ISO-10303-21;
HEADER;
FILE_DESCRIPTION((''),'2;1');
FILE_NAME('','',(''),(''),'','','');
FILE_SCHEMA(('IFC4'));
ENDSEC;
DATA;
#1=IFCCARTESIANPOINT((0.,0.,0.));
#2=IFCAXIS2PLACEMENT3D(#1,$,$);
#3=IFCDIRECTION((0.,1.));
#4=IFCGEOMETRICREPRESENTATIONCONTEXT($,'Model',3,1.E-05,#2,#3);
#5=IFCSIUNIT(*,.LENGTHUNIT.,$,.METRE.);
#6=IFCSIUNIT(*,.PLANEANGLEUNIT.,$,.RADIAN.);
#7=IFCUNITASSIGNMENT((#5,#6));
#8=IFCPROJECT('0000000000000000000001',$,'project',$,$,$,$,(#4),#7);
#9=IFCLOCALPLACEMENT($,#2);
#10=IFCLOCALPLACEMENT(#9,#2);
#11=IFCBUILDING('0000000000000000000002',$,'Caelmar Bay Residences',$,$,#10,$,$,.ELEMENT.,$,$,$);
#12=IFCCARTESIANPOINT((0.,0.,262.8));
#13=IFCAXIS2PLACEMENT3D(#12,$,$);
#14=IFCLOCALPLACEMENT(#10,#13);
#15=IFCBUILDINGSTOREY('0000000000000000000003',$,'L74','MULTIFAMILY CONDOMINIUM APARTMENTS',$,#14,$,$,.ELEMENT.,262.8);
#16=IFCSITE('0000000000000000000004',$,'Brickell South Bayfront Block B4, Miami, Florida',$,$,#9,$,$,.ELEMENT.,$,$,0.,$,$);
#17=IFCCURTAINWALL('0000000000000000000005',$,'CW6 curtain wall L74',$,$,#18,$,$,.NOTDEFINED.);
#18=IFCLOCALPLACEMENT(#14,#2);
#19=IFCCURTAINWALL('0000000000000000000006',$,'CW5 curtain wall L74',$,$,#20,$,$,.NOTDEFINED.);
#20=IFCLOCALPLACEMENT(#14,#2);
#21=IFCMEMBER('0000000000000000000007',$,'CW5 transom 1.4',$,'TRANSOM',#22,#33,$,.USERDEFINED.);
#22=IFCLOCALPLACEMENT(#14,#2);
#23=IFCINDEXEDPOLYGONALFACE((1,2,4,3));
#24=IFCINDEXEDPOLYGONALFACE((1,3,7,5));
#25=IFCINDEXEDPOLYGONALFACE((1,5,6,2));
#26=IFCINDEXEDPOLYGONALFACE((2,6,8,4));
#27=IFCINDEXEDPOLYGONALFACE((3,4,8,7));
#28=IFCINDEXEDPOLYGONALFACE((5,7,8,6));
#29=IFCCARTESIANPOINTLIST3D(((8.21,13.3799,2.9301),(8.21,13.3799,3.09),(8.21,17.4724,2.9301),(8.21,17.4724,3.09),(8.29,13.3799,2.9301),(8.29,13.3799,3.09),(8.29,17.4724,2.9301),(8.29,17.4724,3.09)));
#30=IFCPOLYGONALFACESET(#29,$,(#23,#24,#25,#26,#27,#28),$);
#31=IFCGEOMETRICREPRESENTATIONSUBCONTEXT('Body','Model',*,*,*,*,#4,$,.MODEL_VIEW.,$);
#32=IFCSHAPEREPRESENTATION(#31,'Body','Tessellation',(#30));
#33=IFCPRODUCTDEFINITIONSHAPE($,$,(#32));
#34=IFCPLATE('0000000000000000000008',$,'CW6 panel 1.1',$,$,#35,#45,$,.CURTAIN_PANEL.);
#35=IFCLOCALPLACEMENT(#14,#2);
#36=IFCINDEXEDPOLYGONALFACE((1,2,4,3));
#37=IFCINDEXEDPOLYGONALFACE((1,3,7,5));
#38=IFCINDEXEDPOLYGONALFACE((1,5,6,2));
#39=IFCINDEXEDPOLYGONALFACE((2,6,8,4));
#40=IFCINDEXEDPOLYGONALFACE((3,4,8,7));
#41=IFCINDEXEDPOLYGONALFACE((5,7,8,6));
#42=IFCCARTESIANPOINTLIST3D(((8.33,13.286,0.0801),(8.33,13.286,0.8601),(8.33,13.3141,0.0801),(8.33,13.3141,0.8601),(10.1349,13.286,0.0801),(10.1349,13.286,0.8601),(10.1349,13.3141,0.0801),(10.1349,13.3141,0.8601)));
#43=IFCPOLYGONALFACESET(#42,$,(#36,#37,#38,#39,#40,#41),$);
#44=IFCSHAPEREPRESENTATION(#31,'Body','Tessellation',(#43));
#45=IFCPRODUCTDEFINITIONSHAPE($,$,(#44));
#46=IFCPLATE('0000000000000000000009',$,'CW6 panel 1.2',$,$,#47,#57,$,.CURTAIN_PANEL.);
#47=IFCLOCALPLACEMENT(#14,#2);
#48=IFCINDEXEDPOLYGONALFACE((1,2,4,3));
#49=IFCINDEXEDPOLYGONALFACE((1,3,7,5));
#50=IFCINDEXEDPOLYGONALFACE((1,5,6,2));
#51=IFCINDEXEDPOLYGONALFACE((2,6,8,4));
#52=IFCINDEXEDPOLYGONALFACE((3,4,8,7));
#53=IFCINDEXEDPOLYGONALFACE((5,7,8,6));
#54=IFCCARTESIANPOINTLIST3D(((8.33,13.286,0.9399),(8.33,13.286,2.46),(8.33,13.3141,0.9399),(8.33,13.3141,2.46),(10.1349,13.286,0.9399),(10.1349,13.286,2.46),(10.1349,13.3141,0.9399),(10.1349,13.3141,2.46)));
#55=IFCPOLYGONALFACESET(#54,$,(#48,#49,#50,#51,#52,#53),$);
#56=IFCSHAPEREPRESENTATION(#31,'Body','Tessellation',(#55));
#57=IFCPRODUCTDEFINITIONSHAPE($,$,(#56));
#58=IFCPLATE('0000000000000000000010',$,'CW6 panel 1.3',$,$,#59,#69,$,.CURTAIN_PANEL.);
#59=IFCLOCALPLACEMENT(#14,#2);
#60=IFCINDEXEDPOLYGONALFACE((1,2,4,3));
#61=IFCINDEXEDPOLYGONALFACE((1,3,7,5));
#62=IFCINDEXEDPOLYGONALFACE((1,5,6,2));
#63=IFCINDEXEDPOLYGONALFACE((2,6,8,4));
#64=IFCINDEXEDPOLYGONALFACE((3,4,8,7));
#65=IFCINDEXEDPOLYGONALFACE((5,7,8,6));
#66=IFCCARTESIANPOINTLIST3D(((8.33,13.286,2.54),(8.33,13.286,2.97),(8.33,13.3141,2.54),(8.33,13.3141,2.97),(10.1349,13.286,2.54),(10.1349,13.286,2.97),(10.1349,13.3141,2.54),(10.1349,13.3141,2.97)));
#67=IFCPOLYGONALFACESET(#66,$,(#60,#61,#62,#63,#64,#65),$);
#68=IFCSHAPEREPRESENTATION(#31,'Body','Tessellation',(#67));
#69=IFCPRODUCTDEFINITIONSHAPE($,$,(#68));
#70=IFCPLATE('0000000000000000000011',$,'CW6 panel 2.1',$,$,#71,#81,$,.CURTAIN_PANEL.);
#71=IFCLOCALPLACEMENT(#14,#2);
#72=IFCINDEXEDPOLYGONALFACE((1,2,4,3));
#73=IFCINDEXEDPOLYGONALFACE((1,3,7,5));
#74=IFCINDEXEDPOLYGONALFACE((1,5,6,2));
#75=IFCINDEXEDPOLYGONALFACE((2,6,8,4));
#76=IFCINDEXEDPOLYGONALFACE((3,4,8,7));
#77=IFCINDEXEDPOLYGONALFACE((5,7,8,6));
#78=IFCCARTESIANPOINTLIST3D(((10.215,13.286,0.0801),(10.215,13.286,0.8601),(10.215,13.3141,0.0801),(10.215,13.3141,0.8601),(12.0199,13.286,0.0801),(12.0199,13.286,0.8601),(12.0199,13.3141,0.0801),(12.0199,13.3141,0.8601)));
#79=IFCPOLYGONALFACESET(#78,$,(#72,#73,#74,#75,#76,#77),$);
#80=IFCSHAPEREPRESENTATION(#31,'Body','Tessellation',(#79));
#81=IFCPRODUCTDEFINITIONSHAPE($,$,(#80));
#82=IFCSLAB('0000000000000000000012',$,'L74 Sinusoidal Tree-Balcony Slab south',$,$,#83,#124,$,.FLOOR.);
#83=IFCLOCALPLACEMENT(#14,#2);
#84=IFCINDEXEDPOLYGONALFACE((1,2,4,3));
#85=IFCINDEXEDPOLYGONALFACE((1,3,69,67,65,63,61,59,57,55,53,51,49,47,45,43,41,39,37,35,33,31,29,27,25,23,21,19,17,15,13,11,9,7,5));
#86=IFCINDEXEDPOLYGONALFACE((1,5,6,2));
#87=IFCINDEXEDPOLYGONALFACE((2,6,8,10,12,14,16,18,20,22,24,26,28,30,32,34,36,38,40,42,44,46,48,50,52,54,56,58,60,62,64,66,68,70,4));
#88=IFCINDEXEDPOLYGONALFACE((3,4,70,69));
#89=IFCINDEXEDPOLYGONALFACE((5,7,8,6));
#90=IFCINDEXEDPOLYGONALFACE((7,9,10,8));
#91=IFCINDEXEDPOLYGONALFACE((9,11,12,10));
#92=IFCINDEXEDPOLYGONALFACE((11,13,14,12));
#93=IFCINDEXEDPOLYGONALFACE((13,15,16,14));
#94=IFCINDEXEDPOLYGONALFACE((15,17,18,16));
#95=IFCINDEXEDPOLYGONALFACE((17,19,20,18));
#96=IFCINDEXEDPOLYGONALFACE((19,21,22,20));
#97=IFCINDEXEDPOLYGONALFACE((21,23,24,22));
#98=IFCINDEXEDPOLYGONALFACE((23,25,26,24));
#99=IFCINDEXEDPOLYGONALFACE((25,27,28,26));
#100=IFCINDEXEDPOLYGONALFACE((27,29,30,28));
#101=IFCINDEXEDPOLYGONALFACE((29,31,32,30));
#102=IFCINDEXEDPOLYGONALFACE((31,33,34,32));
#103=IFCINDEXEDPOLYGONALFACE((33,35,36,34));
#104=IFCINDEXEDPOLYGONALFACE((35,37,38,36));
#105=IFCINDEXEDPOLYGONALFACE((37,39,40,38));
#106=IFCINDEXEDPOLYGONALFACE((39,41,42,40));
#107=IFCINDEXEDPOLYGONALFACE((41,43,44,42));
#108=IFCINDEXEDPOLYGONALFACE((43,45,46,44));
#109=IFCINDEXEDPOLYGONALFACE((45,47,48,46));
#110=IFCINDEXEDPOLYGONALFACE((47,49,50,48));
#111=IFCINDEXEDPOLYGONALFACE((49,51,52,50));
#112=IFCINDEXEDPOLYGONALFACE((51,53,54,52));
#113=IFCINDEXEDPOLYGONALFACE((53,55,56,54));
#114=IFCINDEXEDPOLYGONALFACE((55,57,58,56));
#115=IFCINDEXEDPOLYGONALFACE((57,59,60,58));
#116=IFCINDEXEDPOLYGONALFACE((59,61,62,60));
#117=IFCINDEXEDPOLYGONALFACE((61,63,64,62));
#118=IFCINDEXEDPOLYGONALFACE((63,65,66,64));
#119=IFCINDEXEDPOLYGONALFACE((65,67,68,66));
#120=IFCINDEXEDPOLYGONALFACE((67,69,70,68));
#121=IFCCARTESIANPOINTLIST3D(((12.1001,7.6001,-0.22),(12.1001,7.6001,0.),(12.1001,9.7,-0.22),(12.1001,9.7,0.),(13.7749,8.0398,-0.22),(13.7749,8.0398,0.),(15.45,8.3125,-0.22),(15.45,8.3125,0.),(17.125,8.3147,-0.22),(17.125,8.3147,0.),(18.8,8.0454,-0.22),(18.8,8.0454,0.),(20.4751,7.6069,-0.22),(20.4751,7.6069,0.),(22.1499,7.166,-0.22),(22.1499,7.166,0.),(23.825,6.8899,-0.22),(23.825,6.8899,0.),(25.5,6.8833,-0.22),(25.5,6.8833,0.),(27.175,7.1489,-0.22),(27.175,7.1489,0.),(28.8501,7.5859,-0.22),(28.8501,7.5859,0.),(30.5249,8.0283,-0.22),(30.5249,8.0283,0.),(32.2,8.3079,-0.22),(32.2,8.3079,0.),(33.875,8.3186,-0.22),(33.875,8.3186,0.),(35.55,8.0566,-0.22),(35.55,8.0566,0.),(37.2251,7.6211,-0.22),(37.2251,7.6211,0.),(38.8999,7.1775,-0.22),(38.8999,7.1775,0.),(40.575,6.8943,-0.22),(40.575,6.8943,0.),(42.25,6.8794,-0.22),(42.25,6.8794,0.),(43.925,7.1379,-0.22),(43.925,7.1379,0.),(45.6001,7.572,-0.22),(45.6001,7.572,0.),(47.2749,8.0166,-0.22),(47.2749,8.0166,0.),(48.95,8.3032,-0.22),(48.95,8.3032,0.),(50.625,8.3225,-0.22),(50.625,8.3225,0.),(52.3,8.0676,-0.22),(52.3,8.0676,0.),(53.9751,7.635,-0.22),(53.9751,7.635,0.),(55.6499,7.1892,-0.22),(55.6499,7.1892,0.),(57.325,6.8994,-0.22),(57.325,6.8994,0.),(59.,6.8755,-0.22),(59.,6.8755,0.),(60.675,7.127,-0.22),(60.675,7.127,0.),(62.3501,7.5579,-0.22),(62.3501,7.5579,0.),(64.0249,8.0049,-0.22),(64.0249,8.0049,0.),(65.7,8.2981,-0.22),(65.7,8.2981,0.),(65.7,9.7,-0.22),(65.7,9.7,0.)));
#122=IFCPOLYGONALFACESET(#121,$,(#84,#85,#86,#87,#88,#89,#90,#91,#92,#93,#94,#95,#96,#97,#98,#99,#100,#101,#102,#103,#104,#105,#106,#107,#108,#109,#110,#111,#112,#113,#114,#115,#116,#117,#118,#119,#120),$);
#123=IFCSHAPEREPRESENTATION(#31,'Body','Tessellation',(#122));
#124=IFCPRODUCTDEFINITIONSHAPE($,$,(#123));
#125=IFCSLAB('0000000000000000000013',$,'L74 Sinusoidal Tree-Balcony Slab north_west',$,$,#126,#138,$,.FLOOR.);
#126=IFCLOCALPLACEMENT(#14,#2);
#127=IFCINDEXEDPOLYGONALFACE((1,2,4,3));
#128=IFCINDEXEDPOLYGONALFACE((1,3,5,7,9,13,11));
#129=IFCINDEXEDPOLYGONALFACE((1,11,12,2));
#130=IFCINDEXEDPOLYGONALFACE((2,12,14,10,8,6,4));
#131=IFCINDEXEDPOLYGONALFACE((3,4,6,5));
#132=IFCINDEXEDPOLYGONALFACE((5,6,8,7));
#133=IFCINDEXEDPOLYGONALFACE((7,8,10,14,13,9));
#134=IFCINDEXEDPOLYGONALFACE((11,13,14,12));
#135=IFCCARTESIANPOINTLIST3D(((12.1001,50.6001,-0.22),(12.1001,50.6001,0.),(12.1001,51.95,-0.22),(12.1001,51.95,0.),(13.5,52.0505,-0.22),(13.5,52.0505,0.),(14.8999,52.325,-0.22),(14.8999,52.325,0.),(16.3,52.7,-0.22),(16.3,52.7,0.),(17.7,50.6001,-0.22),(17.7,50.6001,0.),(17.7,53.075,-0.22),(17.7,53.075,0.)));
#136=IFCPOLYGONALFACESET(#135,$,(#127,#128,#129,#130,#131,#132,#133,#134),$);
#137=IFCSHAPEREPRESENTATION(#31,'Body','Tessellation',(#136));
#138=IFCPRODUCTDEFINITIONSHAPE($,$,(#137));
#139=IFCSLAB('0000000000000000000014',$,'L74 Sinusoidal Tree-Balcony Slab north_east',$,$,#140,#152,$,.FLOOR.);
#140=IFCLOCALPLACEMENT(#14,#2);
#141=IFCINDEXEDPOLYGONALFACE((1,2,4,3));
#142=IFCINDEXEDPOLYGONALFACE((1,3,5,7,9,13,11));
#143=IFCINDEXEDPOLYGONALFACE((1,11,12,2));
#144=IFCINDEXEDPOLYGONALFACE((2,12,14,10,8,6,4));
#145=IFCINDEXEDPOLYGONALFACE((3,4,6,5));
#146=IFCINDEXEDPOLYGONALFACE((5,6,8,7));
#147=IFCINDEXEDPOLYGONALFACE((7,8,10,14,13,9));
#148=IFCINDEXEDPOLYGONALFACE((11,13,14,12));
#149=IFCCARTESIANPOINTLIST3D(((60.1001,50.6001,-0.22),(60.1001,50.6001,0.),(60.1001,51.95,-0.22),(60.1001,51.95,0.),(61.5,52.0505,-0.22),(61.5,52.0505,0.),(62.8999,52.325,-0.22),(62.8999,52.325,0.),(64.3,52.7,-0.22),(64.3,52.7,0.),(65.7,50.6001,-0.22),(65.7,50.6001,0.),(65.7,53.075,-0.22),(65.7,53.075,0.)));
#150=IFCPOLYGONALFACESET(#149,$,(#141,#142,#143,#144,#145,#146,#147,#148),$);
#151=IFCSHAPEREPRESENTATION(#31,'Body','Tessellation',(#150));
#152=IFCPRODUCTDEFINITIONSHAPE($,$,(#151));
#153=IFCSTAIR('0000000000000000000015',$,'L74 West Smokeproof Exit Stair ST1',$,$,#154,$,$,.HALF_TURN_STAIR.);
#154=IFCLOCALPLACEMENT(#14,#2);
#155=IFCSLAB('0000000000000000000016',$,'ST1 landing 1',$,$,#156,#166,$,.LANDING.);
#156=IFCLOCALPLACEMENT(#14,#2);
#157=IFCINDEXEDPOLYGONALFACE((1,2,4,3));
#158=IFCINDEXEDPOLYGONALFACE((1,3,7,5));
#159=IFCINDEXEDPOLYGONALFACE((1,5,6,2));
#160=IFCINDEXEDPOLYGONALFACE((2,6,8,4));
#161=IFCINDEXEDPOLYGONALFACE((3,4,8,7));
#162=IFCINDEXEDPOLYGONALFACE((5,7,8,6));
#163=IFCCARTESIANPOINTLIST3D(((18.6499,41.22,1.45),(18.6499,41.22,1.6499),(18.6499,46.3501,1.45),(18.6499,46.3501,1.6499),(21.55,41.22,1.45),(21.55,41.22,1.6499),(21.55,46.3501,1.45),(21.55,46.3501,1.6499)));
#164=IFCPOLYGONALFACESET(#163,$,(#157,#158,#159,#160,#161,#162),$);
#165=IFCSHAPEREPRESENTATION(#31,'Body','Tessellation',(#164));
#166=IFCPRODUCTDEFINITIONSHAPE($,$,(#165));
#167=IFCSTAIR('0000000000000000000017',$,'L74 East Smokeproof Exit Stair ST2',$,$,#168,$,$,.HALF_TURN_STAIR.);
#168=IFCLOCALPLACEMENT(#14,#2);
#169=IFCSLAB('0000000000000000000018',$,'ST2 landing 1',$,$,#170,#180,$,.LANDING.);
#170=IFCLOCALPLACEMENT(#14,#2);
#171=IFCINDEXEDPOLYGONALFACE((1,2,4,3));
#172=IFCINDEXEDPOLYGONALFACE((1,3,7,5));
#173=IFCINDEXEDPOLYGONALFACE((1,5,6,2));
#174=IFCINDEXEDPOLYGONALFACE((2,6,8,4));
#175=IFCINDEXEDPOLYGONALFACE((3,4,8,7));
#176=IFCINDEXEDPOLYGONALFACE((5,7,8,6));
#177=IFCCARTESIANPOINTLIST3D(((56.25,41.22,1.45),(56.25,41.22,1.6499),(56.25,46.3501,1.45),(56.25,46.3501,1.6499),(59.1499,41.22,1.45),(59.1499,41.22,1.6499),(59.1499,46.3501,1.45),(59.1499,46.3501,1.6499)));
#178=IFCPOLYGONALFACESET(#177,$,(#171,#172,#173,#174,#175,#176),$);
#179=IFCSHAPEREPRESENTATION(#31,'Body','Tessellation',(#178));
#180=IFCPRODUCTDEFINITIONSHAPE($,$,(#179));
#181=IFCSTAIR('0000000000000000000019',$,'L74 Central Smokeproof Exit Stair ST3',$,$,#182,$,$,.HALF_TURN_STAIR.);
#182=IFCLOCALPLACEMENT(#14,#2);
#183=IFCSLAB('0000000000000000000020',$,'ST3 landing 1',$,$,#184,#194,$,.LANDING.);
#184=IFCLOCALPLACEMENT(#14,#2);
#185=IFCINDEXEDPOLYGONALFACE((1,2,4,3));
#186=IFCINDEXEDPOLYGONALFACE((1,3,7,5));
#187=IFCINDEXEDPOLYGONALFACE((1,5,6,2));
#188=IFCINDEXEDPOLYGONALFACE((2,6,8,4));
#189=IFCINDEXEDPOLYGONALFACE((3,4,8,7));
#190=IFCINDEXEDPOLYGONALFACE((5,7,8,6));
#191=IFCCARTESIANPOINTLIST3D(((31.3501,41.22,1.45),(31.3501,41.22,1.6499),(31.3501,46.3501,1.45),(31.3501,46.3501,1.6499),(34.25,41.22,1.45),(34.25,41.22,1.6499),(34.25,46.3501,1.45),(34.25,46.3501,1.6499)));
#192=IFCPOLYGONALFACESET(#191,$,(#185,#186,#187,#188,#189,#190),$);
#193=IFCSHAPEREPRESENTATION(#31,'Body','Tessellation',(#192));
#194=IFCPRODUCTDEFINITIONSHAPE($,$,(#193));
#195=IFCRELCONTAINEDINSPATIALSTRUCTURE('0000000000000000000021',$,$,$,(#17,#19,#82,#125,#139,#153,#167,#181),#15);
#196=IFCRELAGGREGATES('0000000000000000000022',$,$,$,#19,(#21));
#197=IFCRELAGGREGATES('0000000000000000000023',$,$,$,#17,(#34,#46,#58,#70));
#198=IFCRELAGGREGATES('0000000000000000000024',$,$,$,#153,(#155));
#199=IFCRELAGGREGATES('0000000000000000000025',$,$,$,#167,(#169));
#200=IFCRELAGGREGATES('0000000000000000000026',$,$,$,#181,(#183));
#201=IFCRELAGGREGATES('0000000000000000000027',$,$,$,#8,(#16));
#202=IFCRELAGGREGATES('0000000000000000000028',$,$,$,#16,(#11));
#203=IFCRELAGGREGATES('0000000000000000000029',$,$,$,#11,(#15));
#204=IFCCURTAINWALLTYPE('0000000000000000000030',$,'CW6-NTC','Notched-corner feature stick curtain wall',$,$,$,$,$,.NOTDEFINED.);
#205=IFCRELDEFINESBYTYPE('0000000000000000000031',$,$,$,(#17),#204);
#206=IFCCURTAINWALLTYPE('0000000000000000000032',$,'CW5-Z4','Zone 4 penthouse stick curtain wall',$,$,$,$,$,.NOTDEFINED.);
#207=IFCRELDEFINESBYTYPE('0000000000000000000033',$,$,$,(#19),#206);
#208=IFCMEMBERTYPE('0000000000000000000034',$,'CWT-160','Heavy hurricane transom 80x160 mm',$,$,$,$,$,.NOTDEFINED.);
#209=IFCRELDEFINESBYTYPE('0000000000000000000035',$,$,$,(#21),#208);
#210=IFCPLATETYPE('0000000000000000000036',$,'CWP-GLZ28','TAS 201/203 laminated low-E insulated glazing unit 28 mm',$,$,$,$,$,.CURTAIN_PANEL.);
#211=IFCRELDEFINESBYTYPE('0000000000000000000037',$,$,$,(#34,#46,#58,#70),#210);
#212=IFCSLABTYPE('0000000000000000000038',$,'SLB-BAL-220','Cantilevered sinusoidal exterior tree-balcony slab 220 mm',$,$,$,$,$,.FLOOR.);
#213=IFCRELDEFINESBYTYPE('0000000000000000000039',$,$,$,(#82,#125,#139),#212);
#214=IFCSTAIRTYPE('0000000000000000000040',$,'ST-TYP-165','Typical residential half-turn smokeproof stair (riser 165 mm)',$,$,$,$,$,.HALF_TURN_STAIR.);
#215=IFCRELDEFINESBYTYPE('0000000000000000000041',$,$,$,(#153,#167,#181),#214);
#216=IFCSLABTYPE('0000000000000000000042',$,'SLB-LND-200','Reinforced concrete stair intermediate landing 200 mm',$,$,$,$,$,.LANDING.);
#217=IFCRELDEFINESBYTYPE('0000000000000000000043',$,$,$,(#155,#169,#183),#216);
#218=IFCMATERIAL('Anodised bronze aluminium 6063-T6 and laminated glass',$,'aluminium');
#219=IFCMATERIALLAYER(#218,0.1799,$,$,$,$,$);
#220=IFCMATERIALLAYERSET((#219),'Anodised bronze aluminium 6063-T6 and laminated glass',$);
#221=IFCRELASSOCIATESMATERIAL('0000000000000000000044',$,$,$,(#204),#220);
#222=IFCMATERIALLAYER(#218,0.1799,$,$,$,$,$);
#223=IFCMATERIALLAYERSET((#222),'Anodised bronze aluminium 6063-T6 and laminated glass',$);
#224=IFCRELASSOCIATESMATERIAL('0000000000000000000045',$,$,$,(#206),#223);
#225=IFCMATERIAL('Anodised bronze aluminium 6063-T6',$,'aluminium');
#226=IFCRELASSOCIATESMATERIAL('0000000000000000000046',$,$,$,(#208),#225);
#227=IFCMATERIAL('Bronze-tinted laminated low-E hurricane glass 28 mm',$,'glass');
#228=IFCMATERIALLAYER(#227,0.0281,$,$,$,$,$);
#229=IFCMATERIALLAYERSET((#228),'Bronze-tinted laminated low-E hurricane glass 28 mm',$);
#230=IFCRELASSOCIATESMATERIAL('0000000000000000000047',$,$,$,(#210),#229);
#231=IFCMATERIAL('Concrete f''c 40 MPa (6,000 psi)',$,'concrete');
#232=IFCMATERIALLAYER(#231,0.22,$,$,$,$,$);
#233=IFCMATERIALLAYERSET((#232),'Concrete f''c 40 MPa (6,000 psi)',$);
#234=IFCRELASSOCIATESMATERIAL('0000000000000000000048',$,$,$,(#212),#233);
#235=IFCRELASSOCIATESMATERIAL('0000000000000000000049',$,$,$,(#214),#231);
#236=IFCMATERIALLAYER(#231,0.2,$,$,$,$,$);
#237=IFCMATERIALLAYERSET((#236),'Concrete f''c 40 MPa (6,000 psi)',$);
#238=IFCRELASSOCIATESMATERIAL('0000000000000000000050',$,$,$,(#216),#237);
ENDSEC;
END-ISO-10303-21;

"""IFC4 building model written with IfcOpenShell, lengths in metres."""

from ifc_helpers import new_model, si_unit, direction, frame, origin, origin_2d, place, context, subcontext, project, spatial, polyline, rectangle, outline, extrude, material, layer, layer_set, material_profile, profile_set, type_object, element, aggregate, save


model = new_model("IFC4")

# Units and contexts
model_context = context("Model", 3, precision=1e-05, world=origin(), true_north=direction((0.0, 1.0)))
body_context = subcontext(model_context, "Body", "Model", "MODEL_VIEW")
ifc_project = project(units=[si_unit("LENGTHUNIT", "METRE"), si_unit("PLANEANGLEUNIT", "RADIAN")], contexts=[model_context])

# Site, building, storey
site_placement = place(None, origin())
site = spatial("IfcSite", under=ifc_project, at=site_placement, Name="Brickell South Bayfront Block B4, Miami, Florida", CompositionType="ELEMENT", RefElevation=0.0)
building_placement = place(site_placement, origin())
building = spatial("IfcBuilding", under=site, at=building_placement, Name="Caelmar Bay Residences", CompositionType="ELEMENT")
storey_placement = place(building_placement, frame((0.0, 0.0, 262.8)))
storey = spatial("IfcBuildingStorey", under=building, at=storey_placement, Name="L74", Description="MULTIFAMILY CONDOMINIUM APARTMENTS", CompositionType="ELEMENT", Elevation=262.8)

# Curtain wall
ifc_material_1 = material(Name="Anodised bronze aluminium 6063-T6 and laminated glass", Category="aluminium")
ifc_layer_1 = layer(ifc_material_1, 0.1799)
ifc_layer_set_1 = layer_set([ifc_layer_1], Name="Anodised bronze aluminium 6063-T6 and laminated glass")
curtain_wall_type_1 = type_object("IfcCurtainWallType", Name="CW6-NTC", Description="Notched-corner feature stick curtain wall", PredefinedType="NOTDEFINED", material=ifc_layer_set_1)
curtain_wall_1_placement = place(storey_placement, origin())
curtain_wall_1 = element("IfcCurtainWall", 1, at=curtain_wall_1_placement, inside=storey, type_object=curtain_wall_type_1, Name="CW6 curtain wall L74", PredefinedType="NOTDEFINED")
ifc_material_2 = material(Name="Anodised bronze aluminium 6063-T6", Category="aluminium")

# Curtain wall
ifc_layer_2 = layer(ifc_material_1, 0.1799)
ifc_layer_set_2 = layer_set([ifc_layer_2], Name="Anodised bronze aluminium 6063-T6 and laminated glass")
curtain_wall_type_2 = type_object("IfcCurtainWallType", Name="CW5-Z4", Description="Zone 4 penthouse stick curtain wall", PredefinedType="NOTDEFINED", material=ifc_layer_set_2)
curtain_wall_2_placement = place(storey_placement, origin())
curtain_wall_2 = element("IfcCurtainWall", 2, at=curtain_wall_2_placement, inside=storey, type_object=curtain_wall_type_2, Name="CW5 curtain wall L74", PredefinedType="NOTDEFINED")

# Member
ifc_material_profile_1 = material_profile(ifc_material_2, rectangle(XDim=0.0801, YDim=0.1599, at=origin_2d()), Name="CWT-80X160")
ifc_profile_set_1 = profile_set([ifc_material_profile_1], Name="Anodised bronze aluminium 6063-T6")
member_type_1 = type_object("IfcMemberType", Name="CWT-160", Description="Heavy hurricane transom 80x160 mm", PredefinedType="NOTDEFINED", material=ifc_profile_set_1)
member_1_placement = place(storey_placement, frame((8.25, 13.3799, 3.01), z_axis=(0.0, 1.0, 0.0), x_axis=(-1.0, 0.0, 0.0)))
member_1 = element("IfcMember", 3, at=member_1_placement, type_object=member_type_1, Name="CW5 transom 1.4", ObjectType="TRANSOM", PredefinedType="USERDEFINED", context=body_context, shape_type="SweptSolid", body=[
    extrude(rectangle(XDim=0.0801, YDim=0.1599, at=origin_2d()), origin(), (0.0, 0.0, 1.0), 4.0925),
])
aggregate(curtain_wall_2, [member_1])

# Plates
ifc_material_3 = material(Name="Bronze-tinted laminated low-E hurricane glass 28 mm", Category="glass")
ifc_layer_3 = layer(ifc_material_3, 0.0281)
ifc_layer_set_3 = layer_set([ifc_layer_3], Name="Bronze-tinted laminated low-E hurricane glass 28 mm")
plate_type = type_object("IfcPlateType", Name="CWP-GLZ28", Description="TAS 201/203 laminated low-E insulated glazing unit 28 mm", PredefinedType="CURTAIN_PANEL", material=ifc_layer_set_3)
plate_1_placement = place(storey_placement, frame((9.2324, 13.3, 0.0801), z_axis=(0.0, 0.0, 1.0), x_axis=(1.0, 0.0, 0.0)))
plate_1 = element("IfcPlate", 4, at=plate_1_placement, type_object=plate_type, Name="CW6 panel 1.1", PredefinedType="CURTAIN_PANEL", context=body_context, shape_type="SweptSolid", body=[
    extrude(rectangle(XDim=1.8049, YDim=0.0281, at=origin_2d()), origin(), (0.0, 0.0, 1.0), 0.78),
])
plate_2_placement = place(storey_placement, frame((9.2324, 13.3, 0.9399), z_axis=(0.0, 0.0, 1.0), x_axis=(1.0, 0.0, 0.0)))
plate_2 = element("IfcPlate", 5, at=plate_2_placement, type_object=plate_type, Name="CW6 panel 1.2", PredefinedType="CURTAIN_PANEL", context=body_context, shape_type="SweptSolid", body=[
    extrude(rectangle(XDim=1.8049, YDim=0.0281, at=origin_2d()), origin(), (0.0, 0.0, 1.0), 1.52),
])
plate_3_placement = place(storey_placement, frame((9.2324, 13.3, 2.54), z_axis=(0.0, 0.0, 1.0), x_axis=(1.0, 0.0, 0.0)))
plate_3 = element("IfcPlate", 6, at=plate_3_placement, type_object=plate_type, Name="CW6 panel 1.3", PredefinedType="CURTAIN_PANEL", context=body_context, shape_type="SweptSolid", body=[
    extrude(rectangle(XDim=1.8049, YDim=0.0281, at=origin_2d()), origin(), (0.0, 0.0, 1.0), 0.4299),
])
plate_4_placement = place(storey_placement, frame((11.1174, 13.3, 0.0801), z_axis=(0.0, 0.0, 1.0), x_axis=(1.0, 0.0, 0.0)))
plate_4 = element("IfcPlate", 7, at=plate_4_placement, type_object=plate_type, Name="CW6 panel 2.1", PredefinedType="CURTAIN_PANEL", context=body_context, shape_type="SweptSolid", body=[
    extrude(rectangle(XDim=1.8049, YDim=0.0281, at=origin_2d()), origin(), (0.0, 0.0, 1.0), 0.78),
])
aggregate(curtain_wall_1, [plate_1, plate_2, plate_3, plate_4])

# Slabs
ifc_material_4 = material(Name="Concrete f'c 40 MPa (6,000 psi)", Category="concrete")
ifc_layer_4 = layer(ifc_material_4, 0.22)
ifc_layer_set_4 = layer_set([ifc_layer_4], Name="Concrete f'c 40 MPa (6,000 psi)")
slab_type_1 = type_object("IfcSlabType", Name="SLB-BAL-220", Description="Cantilevered sinusoidal exterior tree-balcony slab 220 mm", PredefinedType="FLOOR", material=ifc_layer_set_4)
slab_1_placement = place(storey_placement, frame((0.0, 0.0, -0.22)))
element("IfcSlab", 8, at=slab_1_placement, inside=storey, type_object=slab_type_1, Name="L74 Sinusoidal Tree-Balcony Slab south", PredefinedType="FLOOR", context=body_context, shape_type="SweptSolid", body=[
    extrude(outline(polyline([(12.1001, 7.6001), (13.7749, 8.0398), (15.45, 8.3125), (17.125, 8.3147), (18.8, 8.0454), (20.4751, 7.6069), (22.1499, 7.166), (23.825, 6.8899), (25.5, 6.8833), (27.175, 7.1489), (28.8501, 7.5859), (30.5249, 8.0283), (32.2, 8.3079), (33.875, 8.3186), (35.55, 8.0566), (37.2251, 7.6211), (38.8999, 7.1775), (40.575, 6.8943), (42.25, 6.8794), (43.925, 7.1379), (45.6001, 7.572), (47.2749, 8.0166), (48.95, 8.3032), (50.625, 8.3225), (52.3, 8.0676), (53.9751, 7.635), (55.6499, 7.1892), (57.325, 6.8994), (59.0, 6.8755), (60.675, 7.127), (62.3501, 7.5579), (64.0249, 8.0049), (65.7, 8.2981), (65.7, 9.7), (12.1001, 9.7), (12.1001, 7.6001)])), origin(), (0.0, 0.0, 1.0), 0.22),
])
slab_2_placement = place(storey_placement, frame((0.0, 0.0, -0.22)))
element("IfcSlab", 9, at=slab_2_placement, inside=storey, type_object=slab_type_1, Name="L74 Sinusoidal Tree-Balcony Slab north_west", PredefinedType="FLOOR", context=body_context, shape_type="SweptSolid", body=[
    extrude(outline(polyline([(12.1001, 50.6001), (17.7, 50.6001), (17.7, 53.075), (16.3, 52.7), (14.8999, 52.325), (13.5, 52.0505), (12.1001, 51.95), (12.1001, 50.6001)])), origin(), (0.0, 0.0, 1.0), 0.22),
])
slab_3_placement = place(storey_placement, frame((0.0, 0.0, -0.22)))
element("IfcSlab", 10, at=slab_3_placement, inside=storey, type_object=slab_type_1, Name="L74 Sinusoidal Tree-Balcony Slab north_east", PredefinedType="FLOOR", context=body_context, shape_type="SweptSolid", body=[
    extrude(outline(polyline([(60.1001, 50.6001), (65.7, 50.6001), (65.7, 53.075), (64.3, 52.7), (62.8999, 52.325), (61.5, 52.0505), (60.1001, 51.95), (60.1001, 50.6001)])), origin(), (0.0, 0.0, 1.0), 0.22),
])

# Stairs, slabs
stair_type = type_object("IfcStairType", Name="ST-TYP-165", Description="Typical residential half-turn smokeproof stair (riser 165 mm)", PredefinedType="HALF_TURN_STAIR", material=ifc_material_4)
stair_1_placement = place(storey_placement, origin())
stair_1 = element("IfcStair", 11, at=stair_1_placement, inside=storey, type_object=stair_type, Name="L74 West Smokeproof Exit Stair ST1", PredefinedType="HALF_TURN_STAIR")
ifc_layer_5 = layer(ifc_material_4, 0.2)
ifc_layer_set_5 = layer_set([ifc_layer_5], Name="Concrete f'c 40 MPa (6,000 psi)")
slab_type_2 = type_object("IfcSlabType", Name="SLB-LND-200", Description="Reinforced concrete stair intermediate landing 200 mm", PredefinedType="LANDING", material=ifc_layer_set_5)
slab_4_placement = place(storey_placement, frame((0.0, 0.0, 1.45)))
slab_4 = element("IfcSlab", 12, at=slab_4_placement, type_object=slab_type_2, Name="ST1 landing 1", PredefinedType="LANDING", context=body_context, shape_type="SweptSolid", body=[
    extrude(outline(polyline([(21.55, 41.22), (21.55, 46.3501), (18.6499, 46.3501), (18.6499, 41.22), (21.55, 41.22)])), origin(), (0.0, 0.0, 1.0), 0.2),
])
aggregate(stair_1, [slab_4])
stair_2_placement = place(storey_placement, origin())
stair_2 = element("IfcStair", 13, at=stair_2_placement, inside=storey, type_object=stair_type, Name="L74 East Smokeproof Exit Stair ST2", PredefinedType="HALF_TURN_STAIR")
slab_5_placement = place(storey_placement, frame((0.0, 0.0, 1.45)))
slab_5 = element("IfcSlab", 14, at=slab_5_placement, type_object=slab_type_2, Name="ST2 landing 1", PredefinedType="LANDING", context=body_context, shape_type="SweptSolid", body=[
    extrude(outline(polyline([(59.1499, 41.22), (59.1499, 46.3501), (56.25, 46.3501), (56.25, 41.22), (59.1499, 41.22)])), origin(), (0.0, 0.0, 1.0), 0.2),
])
aggregate(stair_2, [slab_5])
stair_3_placement = place(storey_placement, origin())
stair_3 = element("IfcStair", 15, at=stair_3_placement, inside=storey, type_object=stair_type, Name="L74 Central Smokeproof Exit Stair ST3", PredefinedType="HALF_TURN_STAIR")
slab_6_placement = place(storey_placement, frame((0.0, 0.0, 1.45)))
slab_6 = element("IfcSlab", 16, at=slab_6_placement, type_object=slab_type_2, Name="ST3 landing 1", PredefinedType="LANDING", context=body_context, shape_type="SweptSolid", body=[
    extrude(outline(polyline([(34.25, 41.22), (34.25, 46.3501), (31.3501, 46.3501), (31.3501, 41.22), (34.25, 41.22)])), origin(), (0.0, 0.0, 1.0), 0.2),
])
aggregate(stair_3, [slab_6])

save(model, "model.ifc")
